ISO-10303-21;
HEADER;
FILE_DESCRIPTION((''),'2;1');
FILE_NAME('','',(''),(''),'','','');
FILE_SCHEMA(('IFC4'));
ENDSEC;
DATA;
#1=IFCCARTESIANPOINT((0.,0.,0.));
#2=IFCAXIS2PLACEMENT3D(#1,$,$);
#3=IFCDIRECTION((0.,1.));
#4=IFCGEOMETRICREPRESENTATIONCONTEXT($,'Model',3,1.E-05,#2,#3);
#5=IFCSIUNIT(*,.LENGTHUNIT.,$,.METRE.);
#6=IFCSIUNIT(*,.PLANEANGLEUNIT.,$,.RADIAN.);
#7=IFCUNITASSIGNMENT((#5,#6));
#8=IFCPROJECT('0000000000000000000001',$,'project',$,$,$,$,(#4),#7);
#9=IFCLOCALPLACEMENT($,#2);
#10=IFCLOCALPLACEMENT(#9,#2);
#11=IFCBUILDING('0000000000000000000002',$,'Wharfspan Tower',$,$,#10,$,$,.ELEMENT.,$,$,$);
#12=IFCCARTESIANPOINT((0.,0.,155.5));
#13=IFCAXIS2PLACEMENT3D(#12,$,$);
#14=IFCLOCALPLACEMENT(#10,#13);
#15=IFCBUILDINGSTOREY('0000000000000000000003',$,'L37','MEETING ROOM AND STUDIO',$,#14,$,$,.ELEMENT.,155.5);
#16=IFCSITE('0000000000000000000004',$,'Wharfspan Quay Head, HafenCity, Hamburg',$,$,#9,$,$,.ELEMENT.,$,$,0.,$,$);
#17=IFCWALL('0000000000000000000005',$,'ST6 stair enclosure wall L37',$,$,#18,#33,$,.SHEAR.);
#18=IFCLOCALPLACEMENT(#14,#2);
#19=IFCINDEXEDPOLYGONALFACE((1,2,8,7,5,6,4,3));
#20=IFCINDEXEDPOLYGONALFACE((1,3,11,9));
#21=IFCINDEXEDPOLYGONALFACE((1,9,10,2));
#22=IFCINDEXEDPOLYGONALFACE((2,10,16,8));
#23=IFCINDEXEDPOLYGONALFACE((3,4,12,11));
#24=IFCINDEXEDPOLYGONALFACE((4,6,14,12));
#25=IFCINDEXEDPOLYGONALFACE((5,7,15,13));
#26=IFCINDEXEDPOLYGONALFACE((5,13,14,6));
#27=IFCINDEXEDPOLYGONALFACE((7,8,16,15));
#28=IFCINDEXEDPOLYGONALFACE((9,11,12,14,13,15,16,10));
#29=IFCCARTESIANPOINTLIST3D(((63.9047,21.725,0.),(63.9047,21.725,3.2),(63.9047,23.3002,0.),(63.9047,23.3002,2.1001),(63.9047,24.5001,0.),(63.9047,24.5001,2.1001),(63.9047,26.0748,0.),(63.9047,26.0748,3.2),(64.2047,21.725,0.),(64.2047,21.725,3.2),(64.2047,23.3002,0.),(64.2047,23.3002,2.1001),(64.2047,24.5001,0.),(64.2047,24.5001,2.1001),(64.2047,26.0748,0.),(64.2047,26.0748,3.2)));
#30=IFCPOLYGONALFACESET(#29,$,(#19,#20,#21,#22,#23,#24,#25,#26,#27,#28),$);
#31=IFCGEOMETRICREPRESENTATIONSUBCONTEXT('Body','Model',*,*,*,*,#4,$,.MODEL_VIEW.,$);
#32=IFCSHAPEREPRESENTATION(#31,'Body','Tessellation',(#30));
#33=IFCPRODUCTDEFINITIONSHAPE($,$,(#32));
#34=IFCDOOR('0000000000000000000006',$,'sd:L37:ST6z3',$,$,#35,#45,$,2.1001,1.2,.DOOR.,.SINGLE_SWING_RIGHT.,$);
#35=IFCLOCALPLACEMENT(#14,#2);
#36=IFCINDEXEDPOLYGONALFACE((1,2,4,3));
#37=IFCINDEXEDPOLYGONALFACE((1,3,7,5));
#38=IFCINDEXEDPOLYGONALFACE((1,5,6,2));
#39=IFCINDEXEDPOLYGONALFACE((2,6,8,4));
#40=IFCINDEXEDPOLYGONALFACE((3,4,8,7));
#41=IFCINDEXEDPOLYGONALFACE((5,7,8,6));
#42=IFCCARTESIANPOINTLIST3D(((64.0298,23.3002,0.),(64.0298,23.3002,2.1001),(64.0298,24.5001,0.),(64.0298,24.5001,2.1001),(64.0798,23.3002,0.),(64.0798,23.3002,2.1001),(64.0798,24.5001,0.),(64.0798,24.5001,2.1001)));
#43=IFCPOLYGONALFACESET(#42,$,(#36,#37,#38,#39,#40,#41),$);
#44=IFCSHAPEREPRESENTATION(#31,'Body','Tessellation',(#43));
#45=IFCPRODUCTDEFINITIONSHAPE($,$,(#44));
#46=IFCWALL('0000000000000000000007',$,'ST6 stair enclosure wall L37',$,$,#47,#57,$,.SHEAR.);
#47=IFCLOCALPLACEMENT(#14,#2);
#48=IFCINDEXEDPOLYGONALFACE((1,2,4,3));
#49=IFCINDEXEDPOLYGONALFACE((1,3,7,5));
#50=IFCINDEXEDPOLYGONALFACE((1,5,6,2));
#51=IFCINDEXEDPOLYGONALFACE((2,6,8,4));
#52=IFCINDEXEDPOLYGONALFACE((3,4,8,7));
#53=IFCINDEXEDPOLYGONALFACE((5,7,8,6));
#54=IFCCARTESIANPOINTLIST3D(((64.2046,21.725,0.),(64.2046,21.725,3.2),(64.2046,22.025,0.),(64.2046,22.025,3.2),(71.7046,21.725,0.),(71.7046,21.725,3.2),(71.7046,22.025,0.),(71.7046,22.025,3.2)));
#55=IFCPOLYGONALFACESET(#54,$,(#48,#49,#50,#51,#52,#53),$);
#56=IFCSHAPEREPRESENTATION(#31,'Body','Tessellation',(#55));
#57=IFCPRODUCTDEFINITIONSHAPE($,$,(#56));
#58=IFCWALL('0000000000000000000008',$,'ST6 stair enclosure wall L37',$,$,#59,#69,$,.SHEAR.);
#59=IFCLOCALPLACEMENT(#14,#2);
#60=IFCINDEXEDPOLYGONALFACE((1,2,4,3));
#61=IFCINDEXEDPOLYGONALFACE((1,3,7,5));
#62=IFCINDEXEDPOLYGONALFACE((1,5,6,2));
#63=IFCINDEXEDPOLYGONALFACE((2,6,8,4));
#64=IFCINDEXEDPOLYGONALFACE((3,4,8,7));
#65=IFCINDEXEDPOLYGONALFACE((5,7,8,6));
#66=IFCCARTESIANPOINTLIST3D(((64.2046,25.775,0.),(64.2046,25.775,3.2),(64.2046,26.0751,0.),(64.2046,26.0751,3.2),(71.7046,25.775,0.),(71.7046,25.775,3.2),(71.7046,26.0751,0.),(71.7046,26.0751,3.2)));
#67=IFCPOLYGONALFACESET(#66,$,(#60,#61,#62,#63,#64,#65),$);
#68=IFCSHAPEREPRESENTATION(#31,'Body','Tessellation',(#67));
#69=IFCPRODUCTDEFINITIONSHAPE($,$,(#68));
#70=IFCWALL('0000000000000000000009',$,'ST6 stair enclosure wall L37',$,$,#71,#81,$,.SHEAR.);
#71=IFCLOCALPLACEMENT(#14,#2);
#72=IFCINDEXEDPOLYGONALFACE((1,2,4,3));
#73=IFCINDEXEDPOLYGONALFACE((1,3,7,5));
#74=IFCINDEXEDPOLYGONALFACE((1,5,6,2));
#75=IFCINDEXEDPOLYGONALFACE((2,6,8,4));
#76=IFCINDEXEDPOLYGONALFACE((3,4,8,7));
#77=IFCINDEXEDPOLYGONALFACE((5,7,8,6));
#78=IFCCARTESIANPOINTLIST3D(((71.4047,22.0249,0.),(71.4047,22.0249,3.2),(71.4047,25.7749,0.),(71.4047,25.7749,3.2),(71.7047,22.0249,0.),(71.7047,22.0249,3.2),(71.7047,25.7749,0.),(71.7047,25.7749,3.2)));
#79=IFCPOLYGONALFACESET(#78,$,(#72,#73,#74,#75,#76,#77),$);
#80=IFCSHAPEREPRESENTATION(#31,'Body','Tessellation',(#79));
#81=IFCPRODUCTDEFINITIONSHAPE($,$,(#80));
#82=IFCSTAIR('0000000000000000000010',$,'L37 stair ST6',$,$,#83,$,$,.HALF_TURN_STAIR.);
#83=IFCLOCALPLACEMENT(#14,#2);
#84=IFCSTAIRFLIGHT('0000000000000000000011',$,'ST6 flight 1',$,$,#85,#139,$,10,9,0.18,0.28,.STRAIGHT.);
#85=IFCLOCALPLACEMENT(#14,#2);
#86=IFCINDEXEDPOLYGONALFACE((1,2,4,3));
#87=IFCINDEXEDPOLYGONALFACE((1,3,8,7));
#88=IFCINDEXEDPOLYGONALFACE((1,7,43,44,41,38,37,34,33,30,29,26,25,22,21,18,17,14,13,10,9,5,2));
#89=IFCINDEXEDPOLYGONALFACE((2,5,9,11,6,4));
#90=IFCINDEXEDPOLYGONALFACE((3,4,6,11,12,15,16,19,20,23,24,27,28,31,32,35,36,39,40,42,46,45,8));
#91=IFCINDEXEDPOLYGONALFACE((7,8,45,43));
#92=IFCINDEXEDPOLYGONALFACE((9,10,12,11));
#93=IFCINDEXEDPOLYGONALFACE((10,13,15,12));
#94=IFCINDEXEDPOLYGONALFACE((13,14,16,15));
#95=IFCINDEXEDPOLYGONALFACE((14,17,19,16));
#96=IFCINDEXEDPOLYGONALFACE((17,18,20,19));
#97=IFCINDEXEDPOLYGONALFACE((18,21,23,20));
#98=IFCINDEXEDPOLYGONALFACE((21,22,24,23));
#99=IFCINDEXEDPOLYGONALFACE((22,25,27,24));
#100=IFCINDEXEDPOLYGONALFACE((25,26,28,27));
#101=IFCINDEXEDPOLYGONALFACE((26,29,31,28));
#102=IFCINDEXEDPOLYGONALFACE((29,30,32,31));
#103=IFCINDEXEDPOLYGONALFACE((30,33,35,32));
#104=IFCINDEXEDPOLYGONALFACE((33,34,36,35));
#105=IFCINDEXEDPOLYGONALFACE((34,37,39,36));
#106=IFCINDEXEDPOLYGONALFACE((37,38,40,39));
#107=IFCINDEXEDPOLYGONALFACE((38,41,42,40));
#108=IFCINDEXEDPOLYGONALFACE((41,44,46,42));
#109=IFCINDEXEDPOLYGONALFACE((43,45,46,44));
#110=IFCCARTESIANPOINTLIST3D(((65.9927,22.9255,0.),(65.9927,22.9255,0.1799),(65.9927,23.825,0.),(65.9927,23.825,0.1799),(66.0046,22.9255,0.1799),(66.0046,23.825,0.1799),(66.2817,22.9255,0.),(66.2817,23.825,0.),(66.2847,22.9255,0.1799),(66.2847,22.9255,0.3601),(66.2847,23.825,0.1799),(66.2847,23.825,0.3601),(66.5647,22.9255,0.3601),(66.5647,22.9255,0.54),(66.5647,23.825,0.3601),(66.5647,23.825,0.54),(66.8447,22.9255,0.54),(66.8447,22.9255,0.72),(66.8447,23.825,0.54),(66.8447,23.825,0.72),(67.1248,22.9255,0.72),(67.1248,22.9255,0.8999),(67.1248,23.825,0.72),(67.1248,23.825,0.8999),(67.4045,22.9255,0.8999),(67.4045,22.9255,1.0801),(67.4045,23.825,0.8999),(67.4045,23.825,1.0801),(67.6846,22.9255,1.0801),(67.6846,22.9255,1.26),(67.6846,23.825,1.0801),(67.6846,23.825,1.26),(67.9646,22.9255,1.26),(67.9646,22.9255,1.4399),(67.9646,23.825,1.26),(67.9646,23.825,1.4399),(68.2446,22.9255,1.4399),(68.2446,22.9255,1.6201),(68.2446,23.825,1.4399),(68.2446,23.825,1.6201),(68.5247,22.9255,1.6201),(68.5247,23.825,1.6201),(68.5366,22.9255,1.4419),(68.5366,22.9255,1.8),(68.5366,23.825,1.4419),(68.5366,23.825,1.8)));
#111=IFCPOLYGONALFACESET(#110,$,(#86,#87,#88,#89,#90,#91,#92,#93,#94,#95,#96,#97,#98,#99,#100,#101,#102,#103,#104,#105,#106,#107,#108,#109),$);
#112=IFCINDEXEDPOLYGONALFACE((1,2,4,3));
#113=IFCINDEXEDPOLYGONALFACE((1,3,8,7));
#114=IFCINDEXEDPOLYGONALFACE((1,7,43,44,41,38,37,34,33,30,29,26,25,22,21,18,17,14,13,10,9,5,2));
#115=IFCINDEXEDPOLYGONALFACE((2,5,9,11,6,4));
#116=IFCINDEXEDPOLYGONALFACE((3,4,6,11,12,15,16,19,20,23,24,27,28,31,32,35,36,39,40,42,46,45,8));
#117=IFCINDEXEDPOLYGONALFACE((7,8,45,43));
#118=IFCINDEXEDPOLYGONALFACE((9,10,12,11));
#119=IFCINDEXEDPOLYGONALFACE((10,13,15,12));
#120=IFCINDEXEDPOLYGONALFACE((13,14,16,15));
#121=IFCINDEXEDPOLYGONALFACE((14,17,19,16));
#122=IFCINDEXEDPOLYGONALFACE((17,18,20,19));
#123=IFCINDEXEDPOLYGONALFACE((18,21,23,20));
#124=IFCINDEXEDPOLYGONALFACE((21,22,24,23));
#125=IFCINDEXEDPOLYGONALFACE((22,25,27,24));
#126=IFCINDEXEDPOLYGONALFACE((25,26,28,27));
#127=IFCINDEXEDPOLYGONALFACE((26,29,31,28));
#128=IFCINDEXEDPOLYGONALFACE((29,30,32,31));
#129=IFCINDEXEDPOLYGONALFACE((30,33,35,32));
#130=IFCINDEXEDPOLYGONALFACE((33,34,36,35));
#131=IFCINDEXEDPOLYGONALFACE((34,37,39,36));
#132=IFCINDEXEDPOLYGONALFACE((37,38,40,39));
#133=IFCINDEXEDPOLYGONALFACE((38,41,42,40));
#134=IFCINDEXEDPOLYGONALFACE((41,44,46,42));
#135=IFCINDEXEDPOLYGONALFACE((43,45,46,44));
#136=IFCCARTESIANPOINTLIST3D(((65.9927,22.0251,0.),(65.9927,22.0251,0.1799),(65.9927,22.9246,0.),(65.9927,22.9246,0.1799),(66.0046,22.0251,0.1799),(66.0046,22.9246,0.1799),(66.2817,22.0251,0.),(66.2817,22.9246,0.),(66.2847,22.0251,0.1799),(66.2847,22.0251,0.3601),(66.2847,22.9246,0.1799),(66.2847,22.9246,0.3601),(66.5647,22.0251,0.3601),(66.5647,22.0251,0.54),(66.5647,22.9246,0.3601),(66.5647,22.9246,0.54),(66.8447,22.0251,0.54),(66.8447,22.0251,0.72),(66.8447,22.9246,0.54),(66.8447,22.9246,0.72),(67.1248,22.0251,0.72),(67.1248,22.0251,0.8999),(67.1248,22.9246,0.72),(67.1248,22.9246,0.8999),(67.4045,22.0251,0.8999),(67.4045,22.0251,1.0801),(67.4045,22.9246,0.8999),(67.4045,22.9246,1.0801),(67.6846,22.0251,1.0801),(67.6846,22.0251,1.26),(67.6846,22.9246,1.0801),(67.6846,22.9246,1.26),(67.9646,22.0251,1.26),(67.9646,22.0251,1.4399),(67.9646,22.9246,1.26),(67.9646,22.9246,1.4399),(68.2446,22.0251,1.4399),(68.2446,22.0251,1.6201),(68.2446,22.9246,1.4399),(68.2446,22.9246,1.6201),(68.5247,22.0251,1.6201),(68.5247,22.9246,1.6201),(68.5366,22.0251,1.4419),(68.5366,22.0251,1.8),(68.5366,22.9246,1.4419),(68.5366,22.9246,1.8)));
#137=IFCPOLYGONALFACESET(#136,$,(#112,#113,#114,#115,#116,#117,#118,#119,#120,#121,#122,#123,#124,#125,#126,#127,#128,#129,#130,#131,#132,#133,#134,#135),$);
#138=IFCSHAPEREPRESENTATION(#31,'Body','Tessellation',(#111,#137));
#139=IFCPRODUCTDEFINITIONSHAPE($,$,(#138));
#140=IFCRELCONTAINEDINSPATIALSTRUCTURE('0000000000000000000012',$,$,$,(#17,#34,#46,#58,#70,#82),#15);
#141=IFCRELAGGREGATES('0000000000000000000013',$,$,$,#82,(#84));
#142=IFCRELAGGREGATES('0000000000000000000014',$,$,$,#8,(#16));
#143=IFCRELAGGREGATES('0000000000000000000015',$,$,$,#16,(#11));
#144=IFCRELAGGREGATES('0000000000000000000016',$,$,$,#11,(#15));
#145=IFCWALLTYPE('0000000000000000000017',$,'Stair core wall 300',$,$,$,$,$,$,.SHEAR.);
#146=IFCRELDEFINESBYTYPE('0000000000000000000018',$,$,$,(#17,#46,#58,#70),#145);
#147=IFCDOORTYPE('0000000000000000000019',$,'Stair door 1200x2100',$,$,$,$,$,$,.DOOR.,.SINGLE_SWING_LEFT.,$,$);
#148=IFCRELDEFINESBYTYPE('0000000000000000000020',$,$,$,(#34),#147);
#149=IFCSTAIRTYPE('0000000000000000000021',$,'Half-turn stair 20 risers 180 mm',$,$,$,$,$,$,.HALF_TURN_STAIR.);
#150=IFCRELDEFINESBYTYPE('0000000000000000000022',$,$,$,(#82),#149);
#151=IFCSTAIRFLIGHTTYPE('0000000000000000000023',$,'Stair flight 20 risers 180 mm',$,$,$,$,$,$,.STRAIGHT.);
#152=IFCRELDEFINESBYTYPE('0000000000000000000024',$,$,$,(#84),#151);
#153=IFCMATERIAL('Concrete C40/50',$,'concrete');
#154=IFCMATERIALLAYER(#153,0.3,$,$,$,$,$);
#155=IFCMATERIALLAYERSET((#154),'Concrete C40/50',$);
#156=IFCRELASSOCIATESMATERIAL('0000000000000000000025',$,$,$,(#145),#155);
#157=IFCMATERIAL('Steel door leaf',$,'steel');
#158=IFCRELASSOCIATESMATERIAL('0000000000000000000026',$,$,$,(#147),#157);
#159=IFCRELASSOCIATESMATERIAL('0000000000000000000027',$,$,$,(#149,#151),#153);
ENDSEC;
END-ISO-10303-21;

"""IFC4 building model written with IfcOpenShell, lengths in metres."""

from ifc_helpers import new_model, si_unit, direction, frame, frame_2d, origin, place, context, subcontext, project, spatial, polyline, rectangle, outline, extrude, material, layer, layer_set, type_object, element, fill, aggregate, save


model = new_model("IFC4")

# Units and contexts
model_context = context("Model", 3, precision=1e-05, world=origin(), true_north=direction((0.0, 1.0)))
body_context = subcontext(model_context, "Body", "Model", "MODEL_VIEW")
ifc_project = project(units=[si_unit("LENGTHUNIT", "METRE"), si_unit("PLANEANGLEUNIT", "RADIAN")], contexts=[model_context])

# Site, building, storey
site_placement = place(None, origin())
site = spatial("IfcSite", under=ifc_project, at=site_placement, Name="Wharfspan Quay Head, HafenCity, Hamburg", CompositionType="ELEMENT", RefElevation=0.0)
building_placement = place(site_placement, origin())
building = spatial("IfcBuilding", under=site, at=building_placement, Name="Wharfspan Tower", CompositionType="ELEMENT")
storey_placement = place(building_placement, frame((0.0, 0.0, 155.5)))
storey = spatial("IfcBuildingStorey", under=building, at=storey_placement, Name="L37", Description="MEETING ROOM AND STUDIO", CompositionType="ELEMENT", Elevation=155.5)

# Wall, opening, door
ifc_material_1 = material(Name="Concrete C40/50", Category="concrete")
ifc_layer_1 = layer(ifc_material_1, 0.3)
ifc_layer_set_1 = layer_set([ifc_layer_1], Name="Concrete C40/50")
wall_type_1 = type_object("IfcWallType", Name="Stair core wall 300", PredefinedType="SHEAR", material=ifc_layer_set_1)
wall_1_placement = place(storey_placement, frame((64.0547, 21.7251, 0.0), z_axis=(0.0, 0.0, 1.0), x_axis=(0.0, 1.0, 0.0)))
wall_1 = element("IfcWall", 1, at=wall_1_placement, inside=storey, type_object=wall_type_1, Name="ST6 stair enclosure wall L37", PredefinedType="SHEAR", context=body_context, shape_type="SweptSolid", body=[
    extrude(rectangle(XDim=4.3499, YDim=0.3, at=frame_2d((2.1748, 0.0))), origin(), (0.0, 0.0, 1.0), 3.2),
])
opening_placement = place(wall_1_placement, frame((1.575, 0.0, 0.0)))
opening = element("IfcOpeningElement", 2, at=opening_placement, cuts=wall_1, PredefinedType="OPENING", context=body_context, shape_type="SweptSolid", body=[
    extrude(rectangle(XDim=1.2, YDim=2.1001, at=frame_2d((0.6001, 1.05))), frame((0.0, 0.1599, 0.0), z_axis=(0.0, -1.0, 0.0), x_axis=(1.0, 0.0, 0.0)), (0.0, 0.0, 1.0), 0.3201),
])
ifc_material_2 = material(Name="Steel door leaf", Category="steel")
door_type = type_object("IfcDoorType", Name="Stair door 1200x2100", OperationType="SINGLE_SWING_LEFT", PredefinedType="DOOR", material=ifc_material_2)
door_placement = place(opening_placement, origin())
door = element("IfcDoor", 3, at=door_placement, inside=storey, type_object=door_type, Name="sd:L37:ST6z3", OperationType="SINGLE_SWING_RIGHT", OverallHeight=2.1001, OverallWidth=1.2, PredefinedType="DOOR", context=body_context, shape_type="SweptSolid", body=[
    extrude(rectangle(XDim=1.2, YDim=2.1001, at=frame_2d((0.6001, 1.05))), frame((0.0, 0.0249, 0.0), z_axis=(0.0, -1.0, 0.0), x_axis=(1.0, 0.0, 0.0)), (0.0, 0.0, 1.0), 0.05),
])
fill(opening, door)

# Walls
for number, where, z_axis, x_axis, name in (
    (4, (64.2046, 21.875, 0.0), (0.0, 0.0, 1.0), (1.0, 0.0, 0.0), "ST6 stair enclosure wall L37"),
    (5, (64.2046, 25.925, 0.0), (0.0, 0.0, 1.0), (1.0, 0.0, 0.0), "ST6 stair enclosure wall L37"),
):
    element("IfcWall", number, at=place(storey_placement, frame(where, z_axis=z_axis, x_axis=x_axis)), inside=storey, type_object=wall_type_1, Name=name, PredefinedType="SHEAR", context=body_context, shape_type="SweptSolid", body=[
        extrude(rectangle(XDim=7.5, YDim=0.3, at=frame_2d((3.75, 0.0))), origin(), (0.0, 0.0, 1.0), 3.2),
    ])
wall_2_placement = place(storey_placement, frame((71.5547, 22.0249, 0.0), z_axis=(0.0, 0.0, 1.0), x_axis=(0.0, 1.0, 0.0)))
element("IfcWall", 6, at=wall_2_placement, inside=storey, type_object=wall_type_1, Name="ST6 stair enclosure wall L37", PredefinedType="SHEAR", context=body_context, shape_type="SweptSolid", body=[
    extrude(rectangle(XDim=3.75, YDim=0.3, at=frame_2d((1.875, 0.0))), origin(), (0.0, 0.0, 1.0), 3.2),
])

# Stair, stair flight
stair_type = type_object("IfcStairType", Name="Half-turn stair 20 risers 180 mm", PredefinedType="HALF_TURN_STAIR", material=ifc_material_1)
stair_placement = place(storey_placement, origin())
stair = element("IfcStair", 7, at=stair_placement, inside=storey, type_object=stair_type, Name="L37 stair ST6", PredefinedType="HALF_TURN_STAIR")
stair_flight_type = type_object("IfcStairFlightType", Name="Stair flight 20 risers 180 mm", PredefinedType="STRAIGHT", material=ifc_material_1)
stair_flight_1_placement = place(storey_placement, frame((66.0046, 22.925, 0.0), z_axis=(0.0, 0.0, 1.0), x_axis=(1.0, 0.0, 0.0)))
stair_flight_1 = element("IfcStairFlight", 8, at=stair_flight_1_placement, type_object=stair_flight_type, Name="ST6 flight 1", NumberOfRisers=10, NumberOfTreads=9, PredefinedType="STRAIGHT", RiserHeight=0.18, TreadLength=0.28, context=body_context, shape_type="SweptSolid", body=[
    extrude(outline(polyline([(-0.012, 0.0), (-0.012, 0.1799), (0.0, 0.1799), (0.28, 0.1799), (0.28, 0.3601), (0.5601, 0.3601), (0.5601, 0.54), (0.8401, 0.54), (0.8401, 0.72), (1.1201, 0.72), (1.1201, 0.8999), (1.3999, 0.8999), (1.3999, 1.0801), (1.6799, 1.0801), (1.6799, 1.26), (1.96, 1.26), (1.96, 1.4399), (2.24, 1.4399), (2.24, 1.6201), (2.52, 1.6201), (2.532, 1.8), (2.532, 1.4419), (0.2771, 0.0), (-0.012, 0.0)])), frame((0.0, 0.8999, 0.0), z_axis=(0.0, -1.0, 0.0), x_axis=(1.0, 0.0, 0.0)), (0.0, 0.0, 1.0), 0.8994),
    extrude(outline(polyline([(-0.012, 0.0), (-0.012, 0.1799), (0.0, 0.1799), (0.28, 0.1799), (0.28, 0.3601), (0.5601, 0.3601), (0.5601, 0.54), (0.8401, 0.54), (0.8401, 0.72), (1.1201, 0.72), (1.1201, 0.8999), (1.3999, 0.8999), (1.3999, 1.0801), (1.6799, 1.0801), (1.6799, 1.26), (1.96, 1.26), (1.96, 1.4399), (2.24, 1.4399), (2.24, 1.6201), (2.52, 1.6201), (2.532, 1.8), (2.532, 1.4419), (0.2771, 0.0), (-0.012, 0.0)])), frame((0.0, -0.0005, 0.0), z_axis=(0.0, -1.0, 0.0), x_axis=(1.0, 0.0, 0.0)), (0.0, 0.0, 1.0), 0.8994),
])
aggregate(stair, [stair_flight_1])

save(model, "model.ifc")
